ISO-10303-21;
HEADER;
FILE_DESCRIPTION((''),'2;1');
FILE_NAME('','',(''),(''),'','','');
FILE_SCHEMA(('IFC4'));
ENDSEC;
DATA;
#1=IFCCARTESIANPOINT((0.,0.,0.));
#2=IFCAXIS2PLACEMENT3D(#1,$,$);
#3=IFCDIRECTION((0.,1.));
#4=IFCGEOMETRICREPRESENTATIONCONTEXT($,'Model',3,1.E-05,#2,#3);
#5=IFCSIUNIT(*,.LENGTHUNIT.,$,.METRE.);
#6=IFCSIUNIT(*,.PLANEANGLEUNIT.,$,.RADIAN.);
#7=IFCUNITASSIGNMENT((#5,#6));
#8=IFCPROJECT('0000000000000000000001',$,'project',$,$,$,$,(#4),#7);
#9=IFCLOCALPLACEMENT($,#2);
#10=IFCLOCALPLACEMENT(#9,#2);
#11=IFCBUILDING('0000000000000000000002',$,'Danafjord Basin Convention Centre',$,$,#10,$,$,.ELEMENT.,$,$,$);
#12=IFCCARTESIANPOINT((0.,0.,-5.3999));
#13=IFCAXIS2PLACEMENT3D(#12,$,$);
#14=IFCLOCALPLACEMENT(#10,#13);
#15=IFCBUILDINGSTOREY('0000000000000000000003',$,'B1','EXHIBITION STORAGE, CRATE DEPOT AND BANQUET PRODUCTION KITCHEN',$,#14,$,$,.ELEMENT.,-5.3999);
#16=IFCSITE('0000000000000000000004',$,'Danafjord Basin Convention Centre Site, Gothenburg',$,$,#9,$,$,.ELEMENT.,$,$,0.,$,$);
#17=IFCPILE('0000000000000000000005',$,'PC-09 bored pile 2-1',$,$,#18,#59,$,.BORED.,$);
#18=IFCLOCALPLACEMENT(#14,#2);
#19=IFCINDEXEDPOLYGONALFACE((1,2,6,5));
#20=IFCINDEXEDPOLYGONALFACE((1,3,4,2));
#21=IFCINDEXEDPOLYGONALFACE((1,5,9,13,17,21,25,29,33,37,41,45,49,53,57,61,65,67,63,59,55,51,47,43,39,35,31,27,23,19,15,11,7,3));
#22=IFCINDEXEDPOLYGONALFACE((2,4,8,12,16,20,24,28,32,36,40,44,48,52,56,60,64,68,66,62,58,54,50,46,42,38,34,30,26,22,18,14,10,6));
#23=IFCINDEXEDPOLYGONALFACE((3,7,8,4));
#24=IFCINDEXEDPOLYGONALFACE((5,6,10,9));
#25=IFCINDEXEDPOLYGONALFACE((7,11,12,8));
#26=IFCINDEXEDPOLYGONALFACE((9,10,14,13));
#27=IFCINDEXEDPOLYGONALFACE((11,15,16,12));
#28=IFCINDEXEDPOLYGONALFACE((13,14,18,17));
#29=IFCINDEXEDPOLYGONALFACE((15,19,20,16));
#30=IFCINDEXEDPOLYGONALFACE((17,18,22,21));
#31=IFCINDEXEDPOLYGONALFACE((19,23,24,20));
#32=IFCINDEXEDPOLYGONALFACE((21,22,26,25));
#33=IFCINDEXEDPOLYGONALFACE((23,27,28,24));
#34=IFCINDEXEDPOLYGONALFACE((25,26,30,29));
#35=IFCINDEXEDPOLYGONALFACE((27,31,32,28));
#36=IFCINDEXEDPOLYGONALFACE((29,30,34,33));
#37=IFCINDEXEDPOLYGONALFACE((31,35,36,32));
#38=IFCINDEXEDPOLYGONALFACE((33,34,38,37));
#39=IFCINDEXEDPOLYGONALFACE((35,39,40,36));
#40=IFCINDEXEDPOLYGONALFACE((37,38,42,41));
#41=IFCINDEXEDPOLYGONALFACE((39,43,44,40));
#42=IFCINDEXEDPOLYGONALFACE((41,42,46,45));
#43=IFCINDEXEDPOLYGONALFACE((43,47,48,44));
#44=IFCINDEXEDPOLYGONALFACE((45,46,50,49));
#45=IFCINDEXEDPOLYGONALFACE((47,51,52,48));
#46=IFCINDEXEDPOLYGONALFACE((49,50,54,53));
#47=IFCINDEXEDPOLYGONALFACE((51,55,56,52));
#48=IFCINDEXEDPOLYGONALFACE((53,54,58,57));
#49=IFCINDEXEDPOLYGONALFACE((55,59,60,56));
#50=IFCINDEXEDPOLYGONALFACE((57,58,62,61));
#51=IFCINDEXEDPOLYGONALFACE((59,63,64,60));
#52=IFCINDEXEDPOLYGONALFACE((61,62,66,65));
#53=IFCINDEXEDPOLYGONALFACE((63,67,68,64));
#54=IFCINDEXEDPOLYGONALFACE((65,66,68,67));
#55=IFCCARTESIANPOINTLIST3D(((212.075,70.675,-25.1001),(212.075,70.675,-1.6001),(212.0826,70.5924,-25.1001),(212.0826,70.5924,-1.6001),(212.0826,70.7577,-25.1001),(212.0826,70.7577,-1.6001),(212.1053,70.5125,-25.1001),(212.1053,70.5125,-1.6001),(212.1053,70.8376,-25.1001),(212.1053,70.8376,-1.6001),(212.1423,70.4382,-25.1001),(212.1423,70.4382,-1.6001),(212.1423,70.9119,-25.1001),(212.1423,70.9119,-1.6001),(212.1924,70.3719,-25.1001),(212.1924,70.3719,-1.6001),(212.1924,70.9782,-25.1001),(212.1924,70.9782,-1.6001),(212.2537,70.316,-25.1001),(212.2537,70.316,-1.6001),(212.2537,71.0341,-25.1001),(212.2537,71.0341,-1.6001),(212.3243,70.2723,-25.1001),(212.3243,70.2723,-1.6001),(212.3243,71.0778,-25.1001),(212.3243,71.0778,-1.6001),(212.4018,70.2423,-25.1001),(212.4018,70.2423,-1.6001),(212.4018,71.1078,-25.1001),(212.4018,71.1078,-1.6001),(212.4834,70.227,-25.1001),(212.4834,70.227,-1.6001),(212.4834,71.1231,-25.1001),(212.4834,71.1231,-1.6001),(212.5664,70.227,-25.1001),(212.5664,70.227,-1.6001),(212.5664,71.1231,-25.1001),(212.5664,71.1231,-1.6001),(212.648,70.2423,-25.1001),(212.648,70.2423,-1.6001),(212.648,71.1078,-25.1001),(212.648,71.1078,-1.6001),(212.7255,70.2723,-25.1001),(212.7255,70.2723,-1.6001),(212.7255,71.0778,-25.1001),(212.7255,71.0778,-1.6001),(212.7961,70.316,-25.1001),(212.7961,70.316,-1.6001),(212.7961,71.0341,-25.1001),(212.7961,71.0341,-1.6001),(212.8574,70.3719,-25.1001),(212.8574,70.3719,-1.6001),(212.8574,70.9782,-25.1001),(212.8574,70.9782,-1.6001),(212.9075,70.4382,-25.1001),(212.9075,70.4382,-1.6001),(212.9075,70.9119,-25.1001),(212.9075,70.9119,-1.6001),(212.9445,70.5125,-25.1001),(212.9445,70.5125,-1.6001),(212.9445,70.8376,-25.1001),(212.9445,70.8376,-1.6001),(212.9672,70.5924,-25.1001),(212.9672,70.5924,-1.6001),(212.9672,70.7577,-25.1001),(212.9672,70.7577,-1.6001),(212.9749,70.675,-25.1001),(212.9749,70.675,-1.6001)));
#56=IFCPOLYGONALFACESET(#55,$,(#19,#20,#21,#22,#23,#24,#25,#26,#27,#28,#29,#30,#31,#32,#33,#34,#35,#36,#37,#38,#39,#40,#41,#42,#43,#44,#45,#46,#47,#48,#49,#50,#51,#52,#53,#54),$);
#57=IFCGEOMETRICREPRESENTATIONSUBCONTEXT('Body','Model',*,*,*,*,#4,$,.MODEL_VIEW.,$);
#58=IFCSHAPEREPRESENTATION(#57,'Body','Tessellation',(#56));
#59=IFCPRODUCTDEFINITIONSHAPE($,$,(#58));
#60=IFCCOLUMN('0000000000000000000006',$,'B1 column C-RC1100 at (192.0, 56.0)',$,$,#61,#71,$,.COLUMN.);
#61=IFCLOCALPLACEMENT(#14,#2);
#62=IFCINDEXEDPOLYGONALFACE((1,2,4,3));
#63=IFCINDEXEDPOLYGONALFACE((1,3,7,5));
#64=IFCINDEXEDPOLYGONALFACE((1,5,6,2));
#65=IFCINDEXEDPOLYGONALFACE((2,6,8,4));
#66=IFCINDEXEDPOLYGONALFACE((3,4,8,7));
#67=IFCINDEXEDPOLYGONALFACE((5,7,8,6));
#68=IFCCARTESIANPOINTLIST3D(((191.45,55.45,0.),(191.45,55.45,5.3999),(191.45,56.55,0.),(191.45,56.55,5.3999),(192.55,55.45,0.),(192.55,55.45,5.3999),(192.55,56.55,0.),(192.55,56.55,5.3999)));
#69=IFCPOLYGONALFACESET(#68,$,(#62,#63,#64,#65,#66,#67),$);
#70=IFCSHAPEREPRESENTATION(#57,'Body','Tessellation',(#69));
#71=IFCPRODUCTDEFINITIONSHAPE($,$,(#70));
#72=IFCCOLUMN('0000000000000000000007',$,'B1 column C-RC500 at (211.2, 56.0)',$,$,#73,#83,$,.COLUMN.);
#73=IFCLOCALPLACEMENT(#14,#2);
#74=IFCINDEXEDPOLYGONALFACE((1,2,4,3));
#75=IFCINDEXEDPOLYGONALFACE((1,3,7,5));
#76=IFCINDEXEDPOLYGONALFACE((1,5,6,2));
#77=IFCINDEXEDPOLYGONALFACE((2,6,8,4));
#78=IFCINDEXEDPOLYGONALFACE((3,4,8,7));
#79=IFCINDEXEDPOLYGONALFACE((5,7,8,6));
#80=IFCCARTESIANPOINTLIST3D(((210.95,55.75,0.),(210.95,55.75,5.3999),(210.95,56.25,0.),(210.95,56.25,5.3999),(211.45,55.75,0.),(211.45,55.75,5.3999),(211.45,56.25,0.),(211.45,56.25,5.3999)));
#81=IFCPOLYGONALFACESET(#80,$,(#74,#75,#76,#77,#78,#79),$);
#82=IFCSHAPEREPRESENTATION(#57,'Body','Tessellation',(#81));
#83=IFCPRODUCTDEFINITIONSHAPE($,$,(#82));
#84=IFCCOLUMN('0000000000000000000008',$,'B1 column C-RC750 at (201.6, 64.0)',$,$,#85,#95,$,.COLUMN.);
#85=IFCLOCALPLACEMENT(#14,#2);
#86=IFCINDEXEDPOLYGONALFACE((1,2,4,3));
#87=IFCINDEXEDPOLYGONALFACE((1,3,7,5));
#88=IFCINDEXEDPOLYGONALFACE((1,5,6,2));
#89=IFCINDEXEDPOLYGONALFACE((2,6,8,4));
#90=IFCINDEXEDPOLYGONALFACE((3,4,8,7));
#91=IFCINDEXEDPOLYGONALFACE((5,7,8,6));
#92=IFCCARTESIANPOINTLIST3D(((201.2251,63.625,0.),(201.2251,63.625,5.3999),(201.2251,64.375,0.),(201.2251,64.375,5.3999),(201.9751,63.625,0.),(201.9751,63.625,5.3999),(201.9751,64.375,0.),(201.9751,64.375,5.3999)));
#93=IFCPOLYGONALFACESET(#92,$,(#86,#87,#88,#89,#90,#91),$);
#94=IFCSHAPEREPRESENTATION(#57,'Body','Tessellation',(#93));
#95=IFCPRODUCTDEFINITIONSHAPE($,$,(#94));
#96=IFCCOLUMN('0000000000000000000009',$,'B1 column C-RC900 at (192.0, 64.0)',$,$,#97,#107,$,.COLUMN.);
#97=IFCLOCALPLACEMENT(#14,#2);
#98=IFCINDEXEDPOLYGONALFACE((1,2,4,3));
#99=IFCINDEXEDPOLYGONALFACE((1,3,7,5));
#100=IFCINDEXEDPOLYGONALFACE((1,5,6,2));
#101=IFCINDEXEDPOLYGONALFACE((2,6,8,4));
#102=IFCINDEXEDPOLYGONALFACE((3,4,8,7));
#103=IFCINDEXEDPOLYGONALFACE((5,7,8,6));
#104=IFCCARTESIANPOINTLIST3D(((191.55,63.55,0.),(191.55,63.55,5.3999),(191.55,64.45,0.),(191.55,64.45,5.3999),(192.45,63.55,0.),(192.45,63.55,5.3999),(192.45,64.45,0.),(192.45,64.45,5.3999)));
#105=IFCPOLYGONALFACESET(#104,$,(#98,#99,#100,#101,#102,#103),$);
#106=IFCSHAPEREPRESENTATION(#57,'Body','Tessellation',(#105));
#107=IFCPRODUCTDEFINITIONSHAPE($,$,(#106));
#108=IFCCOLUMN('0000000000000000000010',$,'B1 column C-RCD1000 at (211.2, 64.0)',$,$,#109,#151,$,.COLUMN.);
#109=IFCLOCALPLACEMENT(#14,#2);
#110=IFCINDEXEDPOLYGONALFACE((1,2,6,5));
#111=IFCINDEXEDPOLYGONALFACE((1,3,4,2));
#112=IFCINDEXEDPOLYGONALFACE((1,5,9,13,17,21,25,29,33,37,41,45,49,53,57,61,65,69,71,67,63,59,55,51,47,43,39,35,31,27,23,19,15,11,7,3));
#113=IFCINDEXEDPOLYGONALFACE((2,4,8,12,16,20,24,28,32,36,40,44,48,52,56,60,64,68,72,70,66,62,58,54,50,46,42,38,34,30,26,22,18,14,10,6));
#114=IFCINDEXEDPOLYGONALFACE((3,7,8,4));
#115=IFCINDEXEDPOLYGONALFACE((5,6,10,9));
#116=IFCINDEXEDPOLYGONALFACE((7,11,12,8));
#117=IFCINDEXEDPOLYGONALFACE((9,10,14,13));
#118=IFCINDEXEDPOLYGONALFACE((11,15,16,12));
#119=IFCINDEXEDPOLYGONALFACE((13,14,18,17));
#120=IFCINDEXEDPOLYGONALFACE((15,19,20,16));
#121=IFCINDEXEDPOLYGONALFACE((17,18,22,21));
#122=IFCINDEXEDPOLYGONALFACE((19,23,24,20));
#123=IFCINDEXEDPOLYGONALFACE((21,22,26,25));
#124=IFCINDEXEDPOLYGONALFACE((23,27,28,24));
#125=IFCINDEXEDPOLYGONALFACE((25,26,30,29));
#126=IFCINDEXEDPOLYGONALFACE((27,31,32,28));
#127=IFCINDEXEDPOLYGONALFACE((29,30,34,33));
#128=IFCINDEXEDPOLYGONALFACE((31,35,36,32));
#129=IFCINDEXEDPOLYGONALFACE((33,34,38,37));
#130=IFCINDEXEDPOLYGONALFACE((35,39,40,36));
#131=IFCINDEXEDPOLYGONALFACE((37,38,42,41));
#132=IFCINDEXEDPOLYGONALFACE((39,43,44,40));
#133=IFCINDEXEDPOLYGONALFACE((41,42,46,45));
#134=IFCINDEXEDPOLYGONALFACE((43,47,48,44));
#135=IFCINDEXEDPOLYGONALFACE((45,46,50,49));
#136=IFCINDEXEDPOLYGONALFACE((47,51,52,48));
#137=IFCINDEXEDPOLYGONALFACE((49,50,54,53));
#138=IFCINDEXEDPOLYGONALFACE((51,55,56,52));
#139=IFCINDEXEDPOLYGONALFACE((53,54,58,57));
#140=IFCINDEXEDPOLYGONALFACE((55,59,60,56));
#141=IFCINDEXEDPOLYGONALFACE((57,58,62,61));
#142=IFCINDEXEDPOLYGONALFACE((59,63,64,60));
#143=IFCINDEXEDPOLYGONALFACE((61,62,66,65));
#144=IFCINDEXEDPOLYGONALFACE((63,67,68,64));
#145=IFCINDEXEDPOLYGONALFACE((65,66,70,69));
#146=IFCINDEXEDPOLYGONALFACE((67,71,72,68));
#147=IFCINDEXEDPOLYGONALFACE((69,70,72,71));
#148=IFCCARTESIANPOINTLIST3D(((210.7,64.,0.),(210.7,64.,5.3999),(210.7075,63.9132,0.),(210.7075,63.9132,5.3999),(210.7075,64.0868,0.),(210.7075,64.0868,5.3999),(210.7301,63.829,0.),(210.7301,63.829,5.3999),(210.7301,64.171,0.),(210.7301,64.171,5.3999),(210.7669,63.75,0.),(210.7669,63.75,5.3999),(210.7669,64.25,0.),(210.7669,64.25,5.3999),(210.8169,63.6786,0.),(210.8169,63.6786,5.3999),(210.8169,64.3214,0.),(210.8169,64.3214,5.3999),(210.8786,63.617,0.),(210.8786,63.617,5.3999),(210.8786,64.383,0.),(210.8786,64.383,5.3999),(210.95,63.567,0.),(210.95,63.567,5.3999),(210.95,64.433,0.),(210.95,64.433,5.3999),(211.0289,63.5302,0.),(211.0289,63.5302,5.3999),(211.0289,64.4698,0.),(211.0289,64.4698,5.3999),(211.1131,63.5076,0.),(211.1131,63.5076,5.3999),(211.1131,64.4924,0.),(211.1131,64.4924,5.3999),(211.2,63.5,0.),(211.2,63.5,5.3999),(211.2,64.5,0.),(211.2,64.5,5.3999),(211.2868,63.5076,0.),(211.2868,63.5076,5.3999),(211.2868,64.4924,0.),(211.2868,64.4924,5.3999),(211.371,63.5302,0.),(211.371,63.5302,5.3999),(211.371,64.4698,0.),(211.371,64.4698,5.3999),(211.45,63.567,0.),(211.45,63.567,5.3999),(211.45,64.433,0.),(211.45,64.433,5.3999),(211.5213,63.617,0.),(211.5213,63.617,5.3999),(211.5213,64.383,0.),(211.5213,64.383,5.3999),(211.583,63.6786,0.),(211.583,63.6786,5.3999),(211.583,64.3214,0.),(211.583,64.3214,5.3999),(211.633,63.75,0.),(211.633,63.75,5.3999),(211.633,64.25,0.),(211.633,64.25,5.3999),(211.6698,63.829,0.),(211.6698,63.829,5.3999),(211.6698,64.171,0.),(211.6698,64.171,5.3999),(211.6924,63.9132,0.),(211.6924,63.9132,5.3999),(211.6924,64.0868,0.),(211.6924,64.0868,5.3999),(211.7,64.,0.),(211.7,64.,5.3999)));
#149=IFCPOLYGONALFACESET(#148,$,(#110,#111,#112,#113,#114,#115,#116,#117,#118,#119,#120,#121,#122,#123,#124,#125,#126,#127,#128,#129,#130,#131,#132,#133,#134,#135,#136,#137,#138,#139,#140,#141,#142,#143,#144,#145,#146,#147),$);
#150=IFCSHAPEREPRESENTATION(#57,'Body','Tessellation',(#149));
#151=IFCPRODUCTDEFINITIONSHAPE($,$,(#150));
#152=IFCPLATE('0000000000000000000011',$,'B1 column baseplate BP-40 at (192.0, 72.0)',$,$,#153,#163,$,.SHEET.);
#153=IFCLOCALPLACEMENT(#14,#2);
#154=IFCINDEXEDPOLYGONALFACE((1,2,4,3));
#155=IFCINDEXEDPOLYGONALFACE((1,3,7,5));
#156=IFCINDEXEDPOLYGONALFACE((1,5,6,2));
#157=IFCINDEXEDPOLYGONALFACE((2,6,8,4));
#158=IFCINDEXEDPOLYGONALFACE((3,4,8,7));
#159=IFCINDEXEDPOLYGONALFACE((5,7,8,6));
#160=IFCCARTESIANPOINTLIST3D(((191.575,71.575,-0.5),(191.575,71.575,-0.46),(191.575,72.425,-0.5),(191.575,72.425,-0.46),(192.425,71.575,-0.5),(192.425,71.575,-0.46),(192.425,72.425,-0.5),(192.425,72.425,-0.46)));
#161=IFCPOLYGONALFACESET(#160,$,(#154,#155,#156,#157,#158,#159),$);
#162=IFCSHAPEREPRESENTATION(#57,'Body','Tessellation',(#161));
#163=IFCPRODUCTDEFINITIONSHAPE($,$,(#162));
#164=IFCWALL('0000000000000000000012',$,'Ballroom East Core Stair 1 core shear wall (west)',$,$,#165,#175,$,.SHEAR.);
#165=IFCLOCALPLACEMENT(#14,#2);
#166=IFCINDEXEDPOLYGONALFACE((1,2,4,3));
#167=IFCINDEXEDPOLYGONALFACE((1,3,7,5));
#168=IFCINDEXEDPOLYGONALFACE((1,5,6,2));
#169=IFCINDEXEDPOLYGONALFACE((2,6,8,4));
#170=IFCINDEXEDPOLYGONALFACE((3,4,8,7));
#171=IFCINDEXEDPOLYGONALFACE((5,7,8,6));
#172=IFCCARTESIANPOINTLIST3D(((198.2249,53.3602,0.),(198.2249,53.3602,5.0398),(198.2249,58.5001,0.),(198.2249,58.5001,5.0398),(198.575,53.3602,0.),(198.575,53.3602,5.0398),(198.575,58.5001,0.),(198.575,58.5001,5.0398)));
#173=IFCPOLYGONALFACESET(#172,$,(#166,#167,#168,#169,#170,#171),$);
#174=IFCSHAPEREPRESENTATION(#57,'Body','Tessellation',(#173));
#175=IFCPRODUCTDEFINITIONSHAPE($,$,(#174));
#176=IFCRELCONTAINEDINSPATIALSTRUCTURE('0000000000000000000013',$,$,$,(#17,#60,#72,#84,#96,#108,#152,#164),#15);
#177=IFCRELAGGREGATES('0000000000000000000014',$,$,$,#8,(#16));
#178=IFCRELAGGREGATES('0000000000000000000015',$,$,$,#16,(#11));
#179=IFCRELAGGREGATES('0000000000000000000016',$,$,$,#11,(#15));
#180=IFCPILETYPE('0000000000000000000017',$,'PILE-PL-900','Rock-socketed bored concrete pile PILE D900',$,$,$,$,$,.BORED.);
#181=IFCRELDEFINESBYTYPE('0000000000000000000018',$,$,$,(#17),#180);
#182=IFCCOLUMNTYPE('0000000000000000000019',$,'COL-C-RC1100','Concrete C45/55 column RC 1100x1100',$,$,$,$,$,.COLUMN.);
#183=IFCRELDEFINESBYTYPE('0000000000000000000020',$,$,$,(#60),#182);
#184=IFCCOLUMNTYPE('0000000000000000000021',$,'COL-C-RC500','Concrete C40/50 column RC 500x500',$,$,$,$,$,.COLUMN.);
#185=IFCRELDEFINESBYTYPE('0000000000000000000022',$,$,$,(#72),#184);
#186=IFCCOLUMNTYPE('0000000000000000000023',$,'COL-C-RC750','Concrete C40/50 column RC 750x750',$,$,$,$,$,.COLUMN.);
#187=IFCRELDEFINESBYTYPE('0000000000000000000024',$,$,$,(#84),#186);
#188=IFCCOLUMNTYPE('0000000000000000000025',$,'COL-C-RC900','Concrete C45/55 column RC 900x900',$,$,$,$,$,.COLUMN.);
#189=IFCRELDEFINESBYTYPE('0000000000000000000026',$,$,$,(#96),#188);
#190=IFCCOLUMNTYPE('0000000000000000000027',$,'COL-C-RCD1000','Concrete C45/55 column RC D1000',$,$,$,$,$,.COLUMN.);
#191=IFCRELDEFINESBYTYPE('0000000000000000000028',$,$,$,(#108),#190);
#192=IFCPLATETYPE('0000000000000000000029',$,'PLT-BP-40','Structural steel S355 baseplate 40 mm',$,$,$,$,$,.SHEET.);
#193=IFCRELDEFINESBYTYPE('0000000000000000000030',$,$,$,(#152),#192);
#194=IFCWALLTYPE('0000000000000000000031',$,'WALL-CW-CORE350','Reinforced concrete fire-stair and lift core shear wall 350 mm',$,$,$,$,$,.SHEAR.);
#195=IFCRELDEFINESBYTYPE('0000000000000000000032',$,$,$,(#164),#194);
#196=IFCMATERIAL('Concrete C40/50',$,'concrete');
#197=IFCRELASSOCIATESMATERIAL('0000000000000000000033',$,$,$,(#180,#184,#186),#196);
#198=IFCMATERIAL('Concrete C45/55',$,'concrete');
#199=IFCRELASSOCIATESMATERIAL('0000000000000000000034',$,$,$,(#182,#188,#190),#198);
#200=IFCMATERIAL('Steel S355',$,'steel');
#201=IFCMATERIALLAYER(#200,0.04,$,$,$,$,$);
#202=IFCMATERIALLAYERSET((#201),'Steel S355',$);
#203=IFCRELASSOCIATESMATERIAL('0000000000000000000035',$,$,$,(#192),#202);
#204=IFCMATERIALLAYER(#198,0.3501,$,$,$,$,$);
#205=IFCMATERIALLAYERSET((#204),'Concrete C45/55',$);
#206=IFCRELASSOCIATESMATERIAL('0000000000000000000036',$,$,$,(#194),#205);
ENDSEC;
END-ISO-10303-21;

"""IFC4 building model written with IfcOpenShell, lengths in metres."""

from ifc_helpers import new_model, si_unit, direction, frame, frame_2d, origin, origin_2d, place, context, subcontext, project, spatial, rectangle, circle, extrude, material, layer, layer_set, material_profile, profile_set, type_object, element, save


model = new_model("IFC4")

# Units and contexts
model_context = context("Model", 3, precision=1e-05, world=origin(), true_north=direction((0.0, 1.0)))
body_context = subcontext(model_context, "Body", "Model", "MODEL_VIEW")
ifc_project = project(units=[si_unit("LENGTHUNIT", "METRE"), si_unit("PLANEANGLEUNIT", "RADIAN")], contexts=[model_context])

# Site, building, storey
site_placement = place(None, origin())
site = spatial("IfcSite", under=ifc_project, at=site_placement, Name="Danafjord Basin Convention Centre Site, Gothenburg", CompositionType="ELEMENT", RefElevation=0.0)
building_placement = place(site_placement, origin())
building = spatial("IfcBuilding", under=site, at=building_placement, Name="Danafjord Basin Convention Centre", CompositionType="ELEMENT")
storey_placement = place(building_placement, frame((0.0, 0.0, -5.3999)))
storey = spatial("IfcBuildingStorey", under=building, at=storey_placement, Name="B1", Description="EXHIBITION STORAGE, CRATE DEPOT AND BANQUET PRODUCTION KITCHEN", CompositionType="ELEMENT", Elevation=-5.3999)

# Shared definitions
ifc_material_1 = material(Name="Concrete C40/50", Category="concrete")

# Pile
ifc_material_profile_1 = material_profile(ifc_material_1, circle(Radius=0.45, at=origin_2d()), Name="PILE D900")
ifc_profile_set_1 = profile_set([ifc_material_profile_1], Name="Concrete C40/50")
pile_type_1 = type_object("IfcPileType", Name="PILE-PL-900", Description="Rock-socketed bored concrete pile PILE D900", PredefinedType="BORED", material=ifc_profile_set_1)
for number, where, z_axis, x_axis, name in (
    (1, (212.5249, 70.675, -1.6001), (0.0, 0.0, -1.0), (1.0, 0.0, 0.0), "PC-09 bored pile 2-1"),
):
    element("IfcPile", number, at=place(storey_placement, frame(where, z_axis=z_axis, x_axis=x_axis)), inside=storey, type_object=pile_type_1, Name=name, PredefinedType="BORED", context=body_context, shape_type="SweptSolid", body=[
        extrude(circle(Radius=0.45, at=origin_2d()), origin(), (0.0, 0.0, 1.0), 23.5),
    ])

# Columns
ifc_material_2 = material(Name="Concrete C45/55", Category="concrete")
ifc_material_profile_2 = material_profile(ifc_material_2, rectangle(XDim=1.1001, YDim=1.1001, at=origin_2d()), Name="RC 1100x1100")
ifc_profile_set_2 = profile_set([ifc_material_profile_2], Name="Concrete C45/55")
column_type_1 = type_object("IfcColumnType", Name="COL-C-RC1100", Description="Concrete C45/55 column RC 1100x1100", PredefinedType="COLUMN", material=ifc_profile_set_2)
column_1_placement = place(storey_placement, frame((192.0, 56.0, 0.0), z_axis=(0.0, 0.0, 1.0), x_axis=(1.0, 0.0, 0.0)))
element("IfcColumn", 2, at=column_1_placement, inside=storey, type_object=column_type_1, Name="B1 column C-RC1100 at (192.0, 56.0)", PredefinedType="COLUMN", context=body_context, shape_type="SweptSolid", body=[
    extrude(rectangle(XDim=1.1001, YDim=1.1001, at=origin_2d()), origin(), (0.0, 0.0, 1.0), 5.3999),
])
ifc_material_profile_3 = material_profile(ifc_material_1, rectangle(XDim=0.5, YDim=0.5, at=origin_2d()), Name="RC 500x500")
ifc_profile_set_3 = profile_set([ifc_material_profile_3], Name="Concrete C40/50")
column_type_2 = type_object("IfcColumnType", Name="COL-C-RC500", Description="Concrete C40/50 column RC 500x500", PredefinedType="COLUMN", material=ifc_profile_set_3)
column_2_placement = place(storey_placement, frame((211.2, 56.0, 0.0), z_axis=(0.0, 0.0, 1.0), x_axis=(1.0, 0.0, 0.0)))
element("IfcColumn", 3, at=column_2_placement, inside=storey, type_object=column_type_2, Name="B1 column C-RC500 at (211.2, 56.0)", PredefinedType="COLUMN", context=body_context, shape_type="SweptSolid", body=[
    extrude(rectangle(XDim=0.5, YDim=0.5, at=origin_2d()), origin(), (0.0, 0.0, 1.0), 5.3999),
])
ifc_material_profile_4 = material_profile(ifc_material_1, rectangle(XDim=0.75, YDim=0.75, at=origin_2d()), Name="RC 750x750")
ifc_profile_set_4 = profile_set([ifc_material_profile_4], Name="Concrete C40/50")
column_type_3 = type_object("IfcColumnType", Name="COL-C-RC750", Description="Concrete C40/50 column RC 750x750", PredefinedType="COLUMN", material=ifc_profile_set_4)
column_3_placement = place(storey_placement, frame((201.6001, 64.0, 0.0), z_axis=(0.0, 0.0, 1.0), x_axis=(1.0, 0.0, 0.0)))
element("IfcColumn", 4, at=column_3_placement, inside=storey, type_object=column_type_3, Name="B1 column C-RC750 at (201.6, 64.0)", PredefinedType="COLUMN", context=body_context, shape_type="SweptSolid", body=[
    extrude(rectangle(XDim=0.75, YDim=0.75, at=origin_2d()), origin(), (0.0, 0.0, 1.0), 5.3999),
])
ifc_material_profile_5 = material_profile(ifc_material_2, rectangle(XDim=0.8999, YDim=0.8999, at=origin_2d()), Name="RC 900x900")
ifc_profile_set_5 = profile_set([ifc_material_profile_5], Name="Concrete C45/55")
column_type_4 = type_object("IfcColumnType", Name="COL-C-RC900", Description="Concrete C45/55 column RC 900x900", PredefinedType="COLUMN", material=ifc_profile_set_5)
column_4_placement = place(storey_placement, frame((192.0, 64.0, 0.0), z_axis=(0.0, 0.0, 1.0), x_axis=(1.0, 0.0, 0.0)))
element("IfcColumn", 5, at=column_4_placement, inside=storey, type_object=column_type_4, Name="B1 column C-RC900 at (192.0, 64.0)", PredefinedType="COLUMN", context=body_context, shape_type="SweptSolid", body=[
    extrude(rectangle(XDim=0.8999, YDim=0.8999, at=origin_2d()), origin(), (0.0, 0.0, 1.0), 5.3999),
])
ifc_material_profile_6 = material_profile(ifc_material_2, circle(Radius=0.5, at=origin_2d()), Name="RC D1000")
ifc_profile_set_6 = profile_set([ifc_material_profile_6], Name="Concrete C45/55")
column_type_5 = type_object("IfcColumnType", Name="COL-C-RCD1000", Description="Concrete C45/55 column RC D1000", PredefinedType="COLUMN", material=ifc_profile_set_6)
column_5_placement = place(storey_placement, frame((211.2, 64.0, 0.0), z_axis=(0.0, 0.0, 1.0), x_axis=(1.0, 0.0, 0.0)))
element("IfcColumn", 6, at=column_5_placement, inside=storey, type_object=column_type_5, Name="B1 column C-RCD1000 at (211.2, 64.0)", PredefinedType="COLUMN", context=body_context, shape_type="SweptSolid", body=[
    extrude(circle(Radius=0.5, at=origin_2d()), origin(), (0.0, 0.0, 1.0), 5.3999),
])

# Plate
ifc_material_3 = material(Name="Steel S355", Category="steel")
ifc_layer_1 = layer(ifc_material_3, 0.04)
ifc_layer_set_1 = layer_set([ifc_layer_1], Name="Steel S355")
plate_type = type_object("IfcPlateType", Name="PLT-BP-40", Description="Structural steel S355 baseplate 40 mm", PredefinedType="SHEET", material=ifc_layer_set_1)
plate_placement = place(storey_placement, frame((192.0, 72.0, -0.5), z_axis=(0.0, 0.0, 1.0), x_axis=(1.0, 0.0, 0.0)))
element("IfcPlate", 7, at=plate_placement, inside=storey, type_object=plate_type, Name="B1 column baseplate BP-40 at (192.0, 72.0)", PredefinedType="SHEET", context=body_context, shape_type="SweptSolid", body=[
    extrude(rectangle(XDim=0.8501, YDim=0.8501, at=origin_2d()), origin(), (0.0, 0.0, 1.0), 0.04),
])

# Wall
ifc_layer_2 = layer(ifc_material_2, 0.3501)
ifc_layer_set_2 = layer_set([ifc_layer_2], Name="Concrete C45/55")
wall_type_1 = type_object("IfcWallType", Name="WALL-CW-CORE350", Description="Reinforced concrete fire-stair and lift core shear wall 350 mm", PredefinedType="SHEAR", material=ifc_layer_set_2)
wall_1_placement = place(storey_placement, frame((198.3999, 58.5, 0.0), z_axis=(0.0, 0.0, 1.0), x_axis=(0.0, -1.0, 0.0)))
element("IfcWall", 8, at=wall_1_placement, inside=storey, type_object=wall_type_1, Name="Ballroom East Core Stair 1 core shear wall (west)", PredefinedType="SHEAR", context=body_context, shape_type="SweptSolid", body=[
    extrude(rectangle(XDim=5.1399, YDim=0.3501, at=frame_2d((2.5698, 0.0))), origin(), (0.0, 0.0, 1.0), 5.0398),
])

save(model, "model.ifc")
